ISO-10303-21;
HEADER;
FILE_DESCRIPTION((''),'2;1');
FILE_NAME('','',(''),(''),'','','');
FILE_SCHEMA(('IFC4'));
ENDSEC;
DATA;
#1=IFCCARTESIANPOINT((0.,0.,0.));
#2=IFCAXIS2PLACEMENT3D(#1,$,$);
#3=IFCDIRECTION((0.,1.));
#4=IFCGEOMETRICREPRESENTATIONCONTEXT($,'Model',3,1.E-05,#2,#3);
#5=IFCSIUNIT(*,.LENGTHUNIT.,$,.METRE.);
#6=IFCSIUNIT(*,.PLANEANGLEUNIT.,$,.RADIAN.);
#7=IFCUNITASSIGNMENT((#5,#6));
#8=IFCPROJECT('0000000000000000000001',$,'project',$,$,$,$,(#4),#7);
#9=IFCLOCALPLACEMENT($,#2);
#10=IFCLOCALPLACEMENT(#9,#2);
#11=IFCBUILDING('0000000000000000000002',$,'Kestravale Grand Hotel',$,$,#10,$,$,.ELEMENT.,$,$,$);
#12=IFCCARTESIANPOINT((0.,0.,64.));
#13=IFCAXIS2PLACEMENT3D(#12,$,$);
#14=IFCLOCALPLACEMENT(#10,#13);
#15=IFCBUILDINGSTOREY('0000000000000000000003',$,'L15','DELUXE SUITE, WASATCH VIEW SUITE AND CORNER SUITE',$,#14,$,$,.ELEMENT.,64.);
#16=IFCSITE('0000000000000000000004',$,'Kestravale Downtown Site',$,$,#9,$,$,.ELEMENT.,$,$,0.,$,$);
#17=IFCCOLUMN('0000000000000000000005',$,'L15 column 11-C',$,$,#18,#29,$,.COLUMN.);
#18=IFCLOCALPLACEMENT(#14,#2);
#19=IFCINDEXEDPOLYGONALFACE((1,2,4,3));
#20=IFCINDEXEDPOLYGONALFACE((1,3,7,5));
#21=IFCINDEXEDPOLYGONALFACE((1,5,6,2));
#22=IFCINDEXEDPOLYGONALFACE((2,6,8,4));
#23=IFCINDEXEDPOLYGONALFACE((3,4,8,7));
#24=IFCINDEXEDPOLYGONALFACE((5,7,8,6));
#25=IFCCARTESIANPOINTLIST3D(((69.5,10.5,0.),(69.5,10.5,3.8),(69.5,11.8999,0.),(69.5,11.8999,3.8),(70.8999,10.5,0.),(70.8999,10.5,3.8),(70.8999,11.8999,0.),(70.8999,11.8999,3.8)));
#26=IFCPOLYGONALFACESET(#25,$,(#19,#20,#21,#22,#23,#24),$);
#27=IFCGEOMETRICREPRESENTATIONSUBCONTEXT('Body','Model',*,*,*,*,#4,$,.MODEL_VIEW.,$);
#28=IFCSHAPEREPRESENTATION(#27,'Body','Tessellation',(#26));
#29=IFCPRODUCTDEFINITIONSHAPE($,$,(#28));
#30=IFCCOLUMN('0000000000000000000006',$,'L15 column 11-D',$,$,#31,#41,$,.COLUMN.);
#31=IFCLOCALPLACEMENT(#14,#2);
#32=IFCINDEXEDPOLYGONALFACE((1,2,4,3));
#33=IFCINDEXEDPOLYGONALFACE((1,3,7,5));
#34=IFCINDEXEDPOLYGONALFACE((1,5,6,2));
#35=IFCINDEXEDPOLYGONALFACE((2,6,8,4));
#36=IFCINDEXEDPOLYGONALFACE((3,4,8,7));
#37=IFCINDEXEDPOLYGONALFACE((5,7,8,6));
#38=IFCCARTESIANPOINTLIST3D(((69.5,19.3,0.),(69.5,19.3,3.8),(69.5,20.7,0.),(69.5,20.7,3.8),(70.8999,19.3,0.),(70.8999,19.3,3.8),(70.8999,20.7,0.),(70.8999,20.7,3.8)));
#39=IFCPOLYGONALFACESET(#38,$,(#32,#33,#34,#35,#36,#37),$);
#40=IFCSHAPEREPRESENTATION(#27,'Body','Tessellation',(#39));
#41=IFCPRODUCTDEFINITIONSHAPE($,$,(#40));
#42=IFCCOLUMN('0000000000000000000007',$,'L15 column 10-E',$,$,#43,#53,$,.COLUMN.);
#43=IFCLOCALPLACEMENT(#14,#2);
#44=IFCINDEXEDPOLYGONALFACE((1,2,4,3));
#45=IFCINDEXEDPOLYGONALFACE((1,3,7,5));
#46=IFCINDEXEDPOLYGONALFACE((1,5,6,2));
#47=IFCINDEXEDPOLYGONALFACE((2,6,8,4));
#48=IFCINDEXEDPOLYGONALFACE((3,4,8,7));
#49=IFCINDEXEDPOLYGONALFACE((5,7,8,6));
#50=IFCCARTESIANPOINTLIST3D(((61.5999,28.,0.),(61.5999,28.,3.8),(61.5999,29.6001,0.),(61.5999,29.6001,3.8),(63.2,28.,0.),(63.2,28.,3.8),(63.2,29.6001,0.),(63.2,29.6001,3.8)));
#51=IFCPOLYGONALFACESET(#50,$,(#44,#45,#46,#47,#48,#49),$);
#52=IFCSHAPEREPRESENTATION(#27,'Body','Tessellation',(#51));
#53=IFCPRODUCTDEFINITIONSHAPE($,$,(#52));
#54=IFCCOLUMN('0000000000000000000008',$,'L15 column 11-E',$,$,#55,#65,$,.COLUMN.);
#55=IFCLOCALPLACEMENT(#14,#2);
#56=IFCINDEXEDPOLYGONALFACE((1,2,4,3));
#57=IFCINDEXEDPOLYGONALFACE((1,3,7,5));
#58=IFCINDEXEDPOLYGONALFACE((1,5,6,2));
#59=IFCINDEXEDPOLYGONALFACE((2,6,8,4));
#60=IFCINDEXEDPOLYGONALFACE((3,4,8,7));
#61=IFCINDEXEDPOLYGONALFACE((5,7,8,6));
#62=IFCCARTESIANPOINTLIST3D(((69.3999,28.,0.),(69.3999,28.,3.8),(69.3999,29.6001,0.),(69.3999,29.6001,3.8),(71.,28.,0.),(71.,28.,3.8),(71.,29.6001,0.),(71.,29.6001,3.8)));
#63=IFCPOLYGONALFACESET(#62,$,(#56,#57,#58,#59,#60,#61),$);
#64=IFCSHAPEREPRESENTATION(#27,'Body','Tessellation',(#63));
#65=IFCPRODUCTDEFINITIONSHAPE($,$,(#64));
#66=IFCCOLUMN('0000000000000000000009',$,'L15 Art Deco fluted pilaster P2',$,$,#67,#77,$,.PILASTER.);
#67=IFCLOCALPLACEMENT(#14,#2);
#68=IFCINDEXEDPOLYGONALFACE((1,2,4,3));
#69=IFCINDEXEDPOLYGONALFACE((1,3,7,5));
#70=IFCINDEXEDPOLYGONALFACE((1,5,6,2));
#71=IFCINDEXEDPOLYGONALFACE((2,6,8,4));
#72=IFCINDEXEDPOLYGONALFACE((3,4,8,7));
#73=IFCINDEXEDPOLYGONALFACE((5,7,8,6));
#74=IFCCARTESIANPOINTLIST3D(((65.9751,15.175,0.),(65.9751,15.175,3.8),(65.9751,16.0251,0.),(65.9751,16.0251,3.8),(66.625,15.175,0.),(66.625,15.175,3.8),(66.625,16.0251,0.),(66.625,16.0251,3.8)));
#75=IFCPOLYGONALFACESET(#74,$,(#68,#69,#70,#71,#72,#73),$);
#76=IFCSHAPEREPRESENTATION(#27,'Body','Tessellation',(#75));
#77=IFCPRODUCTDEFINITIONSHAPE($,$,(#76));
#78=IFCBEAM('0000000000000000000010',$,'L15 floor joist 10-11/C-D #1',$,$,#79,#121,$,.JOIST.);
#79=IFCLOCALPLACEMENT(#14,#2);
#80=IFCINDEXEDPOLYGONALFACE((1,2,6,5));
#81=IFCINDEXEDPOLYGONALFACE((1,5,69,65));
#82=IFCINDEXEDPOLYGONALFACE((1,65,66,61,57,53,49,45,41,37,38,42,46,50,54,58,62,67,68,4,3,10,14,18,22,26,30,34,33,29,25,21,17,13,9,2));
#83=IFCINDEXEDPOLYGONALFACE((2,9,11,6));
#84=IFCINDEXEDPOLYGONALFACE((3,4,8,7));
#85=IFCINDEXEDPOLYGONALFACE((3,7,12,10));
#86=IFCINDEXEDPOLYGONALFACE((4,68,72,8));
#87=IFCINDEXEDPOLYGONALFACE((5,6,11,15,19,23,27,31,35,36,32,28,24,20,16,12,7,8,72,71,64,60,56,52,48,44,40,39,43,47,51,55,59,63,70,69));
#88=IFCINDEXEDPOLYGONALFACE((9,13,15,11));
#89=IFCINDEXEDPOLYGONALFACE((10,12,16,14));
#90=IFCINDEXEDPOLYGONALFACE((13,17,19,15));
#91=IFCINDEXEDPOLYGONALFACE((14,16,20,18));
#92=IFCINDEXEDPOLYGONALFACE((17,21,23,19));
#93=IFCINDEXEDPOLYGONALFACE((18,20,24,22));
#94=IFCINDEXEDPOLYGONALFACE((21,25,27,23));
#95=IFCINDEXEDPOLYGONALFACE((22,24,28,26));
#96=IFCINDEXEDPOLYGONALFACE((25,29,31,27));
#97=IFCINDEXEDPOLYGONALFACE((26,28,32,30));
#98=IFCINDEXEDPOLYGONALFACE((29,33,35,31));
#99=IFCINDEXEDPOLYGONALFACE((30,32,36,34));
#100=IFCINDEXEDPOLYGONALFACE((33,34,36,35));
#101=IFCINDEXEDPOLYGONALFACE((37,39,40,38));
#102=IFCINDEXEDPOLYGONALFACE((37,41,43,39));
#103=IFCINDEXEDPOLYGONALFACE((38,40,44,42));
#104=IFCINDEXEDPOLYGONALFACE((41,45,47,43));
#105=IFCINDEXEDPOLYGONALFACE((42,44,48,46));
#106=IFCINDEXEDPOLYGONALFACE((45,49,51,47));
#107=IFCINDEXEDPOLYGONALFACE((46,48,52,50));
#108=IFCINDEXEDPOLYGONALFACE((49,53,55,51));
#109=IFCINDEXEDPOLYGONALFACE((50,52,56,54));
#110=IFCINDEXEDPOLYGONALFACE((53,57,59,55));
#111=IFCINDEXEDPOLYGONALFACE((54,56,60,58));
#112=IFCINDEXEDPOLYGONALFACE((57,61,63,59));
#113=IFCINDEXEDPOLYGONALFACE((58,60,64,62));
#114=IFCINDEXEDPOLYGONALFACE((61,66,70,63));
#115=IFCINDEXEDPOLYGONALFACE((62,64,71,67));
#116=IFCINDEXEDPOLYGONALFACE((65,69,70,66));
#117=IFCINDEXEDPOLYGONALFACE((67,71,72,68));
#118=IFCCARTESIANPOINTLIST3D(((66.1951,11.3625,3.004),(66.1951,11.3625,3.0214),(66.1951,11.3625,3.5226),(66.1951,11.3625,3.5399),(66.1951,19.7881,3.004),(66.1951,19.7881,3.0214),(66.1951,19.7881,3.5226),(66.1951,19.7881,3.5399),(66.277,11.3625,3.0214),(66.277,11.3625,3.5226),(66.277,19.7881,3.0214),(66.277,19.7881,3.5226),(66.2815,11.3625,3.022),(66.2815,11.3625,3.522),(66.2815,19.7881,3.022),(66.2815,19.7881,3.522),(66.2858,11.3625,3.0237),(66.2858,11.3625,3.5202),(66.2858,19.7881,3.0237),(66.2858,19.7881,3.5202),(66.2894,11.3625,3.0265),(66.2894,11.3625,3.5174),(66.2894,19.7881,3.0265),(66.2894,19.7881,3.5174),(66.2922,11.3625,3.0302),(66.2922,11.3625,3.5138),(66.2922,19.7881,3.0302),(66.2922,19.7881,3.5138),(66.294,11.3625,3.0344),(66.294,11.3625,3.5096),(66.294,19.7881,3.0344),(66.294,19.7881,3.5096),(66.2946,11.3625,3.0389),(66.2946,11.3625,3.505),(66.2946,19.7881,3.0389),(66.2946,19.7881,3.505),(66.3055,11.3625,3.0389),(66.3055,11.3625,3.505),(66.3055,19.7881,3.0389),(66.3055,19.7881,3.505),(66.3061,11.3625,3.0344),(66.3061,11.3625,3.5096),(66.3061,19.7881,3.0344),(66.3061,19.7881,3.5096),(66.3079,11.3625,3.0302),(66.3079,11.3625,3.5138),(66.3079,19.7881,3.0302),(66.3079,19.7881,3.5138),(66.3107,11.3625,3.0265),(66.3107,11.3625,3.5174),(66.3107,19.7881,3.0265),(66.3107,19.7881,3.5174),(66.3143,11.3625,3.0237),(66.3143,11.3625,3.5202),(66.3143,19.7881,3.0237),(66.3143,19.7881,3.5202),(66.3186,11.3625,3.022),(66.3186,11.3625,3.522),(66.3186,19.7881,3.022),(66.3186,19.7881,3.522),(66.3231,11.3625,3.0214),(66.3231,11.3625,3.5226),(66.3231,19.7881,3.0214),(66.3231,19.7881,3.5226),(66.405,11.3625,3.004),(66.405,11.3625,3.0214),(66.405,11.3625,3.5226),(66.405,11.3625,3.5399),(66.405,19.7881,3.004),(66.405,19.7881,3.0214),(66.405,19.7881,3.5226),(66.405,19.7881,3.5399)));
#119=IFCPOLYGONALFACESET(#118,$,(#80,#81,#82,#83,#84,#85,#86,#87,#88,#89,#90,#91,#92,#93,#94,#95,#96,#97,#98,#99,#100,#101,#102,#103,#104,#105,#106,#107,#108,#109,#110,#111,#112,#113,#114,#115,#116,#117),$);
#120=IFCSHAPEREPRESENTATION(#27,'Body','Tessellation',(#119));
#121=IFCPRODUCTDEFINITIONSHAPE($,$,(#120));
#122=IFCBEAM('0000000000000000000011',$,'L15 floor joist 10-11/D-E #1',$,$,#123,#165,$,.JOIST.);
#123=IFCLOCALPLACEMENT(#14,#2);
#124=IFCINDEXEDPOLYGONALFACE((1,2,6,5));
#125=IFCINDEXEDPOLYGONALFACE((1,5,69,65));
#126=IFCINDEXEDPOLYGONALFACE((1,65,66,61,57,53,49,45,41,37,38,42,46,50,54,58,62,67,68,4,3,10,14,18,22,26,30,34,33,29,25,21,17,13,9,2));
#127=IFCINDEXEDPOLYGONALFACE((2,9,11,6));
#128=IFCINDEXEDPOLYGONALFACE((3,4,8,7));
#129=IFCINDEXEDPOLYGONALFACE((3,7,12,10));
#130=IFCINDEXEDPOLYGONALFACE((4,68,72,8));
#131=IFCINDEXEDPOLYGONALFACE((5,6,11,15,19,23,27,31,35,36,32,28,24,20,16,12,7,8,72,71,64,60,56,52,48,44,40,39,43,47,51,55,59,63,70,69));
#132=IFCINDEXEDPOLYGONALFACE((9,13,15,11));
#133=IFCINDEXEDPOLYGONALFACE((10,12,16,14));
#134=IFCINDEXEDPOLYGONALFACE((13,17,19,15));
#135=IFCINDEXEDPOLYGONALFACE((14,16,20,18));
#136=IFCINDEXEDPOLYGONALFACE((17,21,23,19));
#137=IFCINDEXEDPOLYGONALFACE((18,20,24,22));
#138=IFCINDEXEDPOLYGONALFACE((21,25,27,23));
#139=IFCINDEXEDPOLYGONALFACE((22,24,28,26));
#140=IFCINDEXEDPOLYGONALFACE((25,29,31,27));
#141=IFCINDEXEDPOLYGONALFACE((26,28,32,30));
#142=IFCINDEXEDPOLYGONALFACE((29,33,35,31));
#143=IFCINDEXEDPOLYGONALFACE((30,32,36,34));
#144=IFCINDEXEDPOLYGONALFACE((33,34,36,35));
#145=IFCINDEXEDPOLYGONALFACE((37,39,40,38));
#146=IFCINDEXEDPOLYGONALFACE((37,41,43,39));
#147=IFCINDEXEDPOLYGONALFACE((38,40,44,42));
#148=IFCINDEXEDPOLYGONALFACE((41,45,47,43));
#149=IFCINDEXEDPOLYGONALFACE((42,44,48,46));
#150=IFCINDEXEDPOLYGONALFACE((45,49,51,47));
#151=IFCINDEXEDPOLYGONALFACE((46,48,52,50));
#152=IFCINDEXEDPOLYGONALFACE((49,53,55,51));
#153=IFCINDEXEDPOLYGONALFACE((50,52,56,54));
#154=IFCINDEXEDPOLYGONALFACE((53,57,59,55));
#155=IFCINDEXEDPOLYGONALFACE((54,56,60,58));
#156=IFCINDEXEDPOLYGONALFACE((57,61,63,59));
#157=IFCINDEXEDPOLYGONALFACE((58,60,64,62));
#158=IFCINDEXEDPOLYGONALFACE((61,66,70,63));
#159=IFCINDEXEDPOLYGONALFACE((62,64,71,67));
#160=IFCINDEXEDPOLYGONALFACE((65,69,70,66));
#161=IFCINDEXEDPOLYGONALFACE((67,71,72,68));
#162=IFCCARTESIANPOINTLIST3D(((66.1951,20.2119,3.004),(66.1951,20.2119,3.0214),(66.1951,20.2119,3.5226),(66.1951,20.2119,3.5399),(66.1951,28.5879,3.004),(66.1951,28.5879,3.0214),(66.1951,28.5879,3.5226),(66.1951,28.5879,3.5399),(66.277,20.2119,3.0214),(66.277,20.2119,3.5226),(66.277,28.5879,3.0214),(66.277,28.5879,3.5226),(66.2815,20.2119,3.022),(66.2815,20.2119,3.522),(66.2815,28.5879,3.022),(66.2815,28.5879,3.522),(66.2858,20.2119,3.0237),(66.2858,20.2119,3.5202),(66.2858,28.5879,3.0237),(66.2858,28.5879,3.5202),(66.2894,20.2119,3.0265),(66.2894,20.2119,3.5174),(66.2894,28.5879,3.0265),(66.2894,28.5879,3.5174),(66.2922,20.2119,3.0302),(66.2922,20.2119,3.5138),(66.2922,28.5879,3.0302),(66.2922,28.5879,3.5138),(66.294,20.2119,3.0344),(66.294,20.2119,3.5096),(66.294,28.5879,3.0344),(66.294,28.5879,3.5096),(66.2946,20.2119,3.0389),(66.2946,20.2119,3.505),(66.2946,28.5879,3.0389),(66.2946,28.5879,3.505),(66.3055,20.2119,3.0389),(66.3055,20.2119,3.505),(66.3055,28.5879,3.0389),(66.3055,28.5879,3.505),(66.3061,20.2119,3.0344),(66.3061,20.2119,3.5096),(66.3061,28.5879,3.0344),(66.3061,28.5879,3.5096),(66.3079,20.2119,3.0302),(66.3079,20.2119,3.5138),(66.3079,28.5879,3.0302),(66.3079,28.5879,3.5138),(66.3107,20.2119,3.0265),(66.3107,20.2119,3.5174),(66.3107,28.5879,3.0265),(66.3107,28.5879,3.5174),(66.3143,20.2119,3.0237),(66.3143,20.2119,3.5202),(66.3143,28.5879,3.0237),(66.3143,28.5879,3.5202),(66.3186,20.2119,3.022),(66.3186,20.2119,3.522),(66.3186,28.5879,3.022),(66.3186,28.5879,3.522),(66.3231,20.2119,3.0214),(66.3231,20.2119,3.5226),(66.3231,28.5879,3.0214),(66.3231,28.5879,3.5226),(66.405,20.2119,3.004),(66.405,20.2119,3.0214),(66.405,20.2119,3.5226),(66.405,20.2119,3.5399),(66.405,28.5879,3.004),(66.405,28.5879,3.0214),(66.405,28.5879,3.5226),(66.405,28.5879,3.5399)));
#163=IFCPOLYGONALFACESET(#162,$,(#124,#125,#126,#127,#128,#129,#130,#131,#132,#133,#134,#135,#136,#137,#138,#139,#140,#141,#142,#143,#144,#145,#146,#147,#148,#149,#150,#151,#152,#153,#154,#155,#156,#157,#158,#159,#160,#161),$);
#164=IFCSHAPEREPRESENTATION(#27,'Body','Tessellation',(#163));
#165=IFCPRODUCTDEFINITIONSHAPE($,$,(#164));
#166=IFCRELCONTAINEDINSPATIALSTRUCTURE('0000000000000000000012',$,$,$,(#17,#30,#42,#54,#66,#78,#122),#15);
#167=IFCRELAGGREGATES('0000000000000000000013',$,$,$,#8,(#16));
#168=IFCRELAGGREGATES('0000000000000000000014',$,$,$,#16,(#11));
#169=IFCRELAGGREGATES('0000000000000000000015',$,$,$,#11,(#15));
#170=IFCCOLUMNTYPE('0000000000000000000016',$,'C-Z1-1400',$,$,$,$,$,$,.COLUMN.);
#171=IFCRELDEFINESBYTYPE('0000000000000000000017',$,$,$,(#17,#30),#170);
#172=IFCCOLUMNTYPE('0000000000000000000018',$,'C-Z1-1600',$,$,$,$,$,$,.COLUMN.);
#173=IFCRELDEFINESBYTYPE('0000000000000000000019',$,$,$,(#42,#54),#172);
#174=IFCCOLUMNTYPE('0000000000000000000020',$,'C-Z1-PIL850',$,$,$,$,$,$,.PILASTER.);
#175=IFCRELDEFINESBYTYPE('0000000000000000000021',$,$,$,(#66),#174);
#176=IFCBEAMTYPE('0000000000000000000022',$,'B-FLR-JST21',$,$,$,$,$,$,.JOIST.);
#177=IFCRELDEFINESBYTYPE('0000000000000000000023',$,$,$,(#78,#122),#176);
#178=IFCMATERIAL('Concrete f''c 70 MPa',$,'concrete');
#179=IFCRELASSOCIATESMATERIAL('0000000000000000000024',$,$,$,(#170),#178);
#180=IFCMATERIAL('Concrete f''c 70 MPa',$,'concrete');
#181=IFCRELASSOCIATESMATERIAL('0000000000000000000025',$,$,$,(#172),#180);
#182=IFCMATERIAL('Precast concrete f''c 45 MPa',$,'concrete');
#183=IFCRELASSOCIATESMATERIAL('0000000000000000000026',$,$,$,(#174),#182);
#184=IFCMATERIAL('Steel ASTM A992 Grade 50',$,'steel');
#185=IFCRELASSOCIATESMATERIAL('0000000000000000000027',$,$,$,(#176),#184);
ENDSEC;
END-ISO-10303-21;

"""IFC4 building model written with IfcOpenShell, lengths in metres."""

from ifc_helpers import new_model, si_unit, direction, frame, origin, origin_2d, place, context, subcontext, project, spatial, rectangle, i_section, extrude, material, material_profile, profile_set, type_object, element, save


model = new_model("IFC4")

# Units and contexts
model_context = context("Model", 3, precision=1e-05, world=origin(), true_north=direction((0.0, 1.0)))
body_context = subcontext(model_context, "Body", "Model", "MODEL_VIEW")
ifc_project = project(units=[si_unit("LENGTHUNIT", "METRE"), si_unit("PLANEANGLEUNIT", "RADIAN")], contexts=[model_context])

# Site, building, storey
site_placement = place(None, origin())
site = spatial("IfcSite", under=ifc_project, at=site_placement, Name="Kestravale Downtown Site", CompositionType="ELEMENT", RefElevation=0.0)
building_placement = place(site_placement, origin())
building = spatial("IfcBuilding", under=site, at=building_placement, Name="Kestravale Grand Hotel", CompositionType="ELEMENT")
storey_placement = place(building_placement, frame((0.0, 0.0, 64.0)))
storey = spatial("IfcBuildingStorey", under=building, at=storey_placement, Name="L15", Description="DELUXE SUITE, WASATCH VIEW SUITE AND CORNER SUITE", CompositionType="ELEMENT", Elevation=64.0)

# Columns
ifc_material_1 = material(Name="Concrete f'c 70 MPa", Category="concrete")
ifc_material_profile_1 = material_profile(ifc_material_1, rectangle(XDim=1.3999, YDim=1.3999, at=origin_2d()))
ifc_profile_set_1 = profile_set([ifc_material_profile_1], Name="Concrete f'c 70 MPa")
column_type_1 = type_object("IfcColumnType", Name="C-Z1-1400", PredefinedType="COLUMN", material=ifc_profile_set_1)
for number, where, z_axis, x_axis, name in (
    (1, (70.2, 11.2, 0.0), (0.0, 0.0, 1.0), (1.0, 0.0, 0.0), "L15 column 11-C"),
    (2, (70.2, 20.0, 0.0), (0.0, 0.0, 1.0), (1.0, 0.0, 0.0), "L15 column 11-D"),
):
    element("IfcColumn", number, at=place(storey_placement, frame(where, z_axis=z_axis, x_axis=x_axis)), inside=storey, type_object=column_type_1, Name=name, PredefinedType="COLUMN", context=body_context, shape_type="SweptSolid", body=[
        extrude(rectangle(XDim=1.3999, YDim=1.3999, at=origin_2d()), origin(), (0.0, 0.0, 1.0), 3.8),
    ])
ifc_material_2 = material(Name="Concrete f'c 70 MPa", Category="concrete")
ifc_material_profile_2 = material_profile(ifc_material_2, rectangle(XDim=1.6001, YDim=1.6001, at=origin_2d()))
ifc_profile_set_2 = profile_set([ifc_material_profile_2], Name="Concrete f'c 70 MPa")
column_type_2 = type_object("IfcColumnType", Name="C-Z1-1600", PredefinedType="COLUMN", material=ifc_profile_set_2)
for number, where, z_axis, x_axis, name in (
    (3, (62.3999, 28.8, 0.0), (0.0, 0.0, 1.0), (1.0, 0.0, 0.0), "L15 column 10-E"),
    (4, (70.2, 28.8, 0.0), (0.0, 0.0, 1.0), (1.0, 0.0, 0.0), "L15 column 11-E"),
):
    element("IfcColumn", number, at=place(storey_placement, frame(where, z_axis=z_axis, x_axis=x_axis)), inside=storey, type_object=column_type_2, Name=name, PredefinedType="COLUMN", context=body_context, shape_type="SweptSolid", body=[
        extrude(rectangle(XDim=1.6001, YDim=1.6001, at=origin_2d()), origin(), (0.0, 0.0, 1.0), 3.8),
    ])
ifc_material_3 = material(Name="Precast concrete f'c 45 MPa", Category="concrete")
ifc_material_profile_3 = material_profile(ifc_material_3, rectangle(XDim=0.6499, YDim=0.8501, at=origin_2d()))
ifc_profile_set_3 = profile_set([ifc_material_profile_3], Name="Precast concrete f'c 45 MPa")
column_type_3 = type_object("IfcColumnType", Name="C-Z1-PIL850", PredefinedType="PILASTER", material=ifc_profile_set_3)
column_placement = place(storey_placement, frame((66.3, 15.6001, 0.0), z_axis=(0.0, 0.0, 1.0), x_axis=(1.0, 0.0, 0.0)))
element("IfcColumn", 5, at=column_placement, inside=storey, type_object=column_type_3, Name="L15 Art Deco fluted pilaster P2", PredefinedType="PILASTER", context=body_context, shape_type="SweptSolid", body=[
    extrude(rectangle(XDim=0.6499, YDim=0.8501, at=origin_2d()), origin(), (0.0, 0.0, 1.0), 3.8),
])

# Beams
ifc_material_4 = material(Name="Steel ASTM A992 Grade 50", Category="steel")
ifc_material_profile_4 = material_profile(ifc_material_4, i_section(OverallWidth=0.21, OverallDepth=0.5359, WebThickness=0.011, FlangeThickness=0.0173, FilletRadius=0.0176, at=origin_2d()))
ifc_profile_set_4 = profile_set([ifc_material_profile_4], Name="Steel ASTM A992 Grade 50")
beam_type_1 = type_object("IfcBeamType", Name="B-FLR-JST21", PredefinedType="JOIST", material=ifc_profile_set_4)
beam_1_placement = place(storey_placement, frame((66.3, 11.3625, 3.272), z_axis=(0.0, 1.0, 0.0), x_axis=(-1.0, 0.0, 0.0)))
element("IfcBeam", 6, at=beam_1_placement, inside=storey, type_object=beam_type_1, Name="L15 floor joist 10-11/C-D #1", PredefinedType="JOIST", context=body_context, shape_type="SweptSolid", body=[
    extrude(i_section(OverallWidth=0.21, OverallDepth=0.5359, WebThickness=0.011, FlangeThickness=0.0173, FilletRadius=0.0176, at=origin_2d()), origin(), (0.0, 0.0, 1.0), 8.4255),
])
beam_2_placement = place(storey_placement, frame((66.3, 20.2119, 3.272), z_axis=(0.0, 1.0, 0.0), x_axis=(-1.0, 0.0, 0.0)))
element("IfcBeam", 7, at=beam_2_placement, inside=storey, type_object=beam_type_1, Name="L15 floor joist 10-11/D-E #1", PredefinedType="JOIST", context=body_context, shape_type="SweptSolid", body=[
    extrude(i_section(OverallWidth=0.21, OverallDepth=0.5359, WebThickness=0.011, FlangeThickness=0.0173, FilletRadius=0.0176, at=origin_2d()), origin(), (0.0, 0.0, 1.0), 8.376),
])

save(model, "model.ifc")
